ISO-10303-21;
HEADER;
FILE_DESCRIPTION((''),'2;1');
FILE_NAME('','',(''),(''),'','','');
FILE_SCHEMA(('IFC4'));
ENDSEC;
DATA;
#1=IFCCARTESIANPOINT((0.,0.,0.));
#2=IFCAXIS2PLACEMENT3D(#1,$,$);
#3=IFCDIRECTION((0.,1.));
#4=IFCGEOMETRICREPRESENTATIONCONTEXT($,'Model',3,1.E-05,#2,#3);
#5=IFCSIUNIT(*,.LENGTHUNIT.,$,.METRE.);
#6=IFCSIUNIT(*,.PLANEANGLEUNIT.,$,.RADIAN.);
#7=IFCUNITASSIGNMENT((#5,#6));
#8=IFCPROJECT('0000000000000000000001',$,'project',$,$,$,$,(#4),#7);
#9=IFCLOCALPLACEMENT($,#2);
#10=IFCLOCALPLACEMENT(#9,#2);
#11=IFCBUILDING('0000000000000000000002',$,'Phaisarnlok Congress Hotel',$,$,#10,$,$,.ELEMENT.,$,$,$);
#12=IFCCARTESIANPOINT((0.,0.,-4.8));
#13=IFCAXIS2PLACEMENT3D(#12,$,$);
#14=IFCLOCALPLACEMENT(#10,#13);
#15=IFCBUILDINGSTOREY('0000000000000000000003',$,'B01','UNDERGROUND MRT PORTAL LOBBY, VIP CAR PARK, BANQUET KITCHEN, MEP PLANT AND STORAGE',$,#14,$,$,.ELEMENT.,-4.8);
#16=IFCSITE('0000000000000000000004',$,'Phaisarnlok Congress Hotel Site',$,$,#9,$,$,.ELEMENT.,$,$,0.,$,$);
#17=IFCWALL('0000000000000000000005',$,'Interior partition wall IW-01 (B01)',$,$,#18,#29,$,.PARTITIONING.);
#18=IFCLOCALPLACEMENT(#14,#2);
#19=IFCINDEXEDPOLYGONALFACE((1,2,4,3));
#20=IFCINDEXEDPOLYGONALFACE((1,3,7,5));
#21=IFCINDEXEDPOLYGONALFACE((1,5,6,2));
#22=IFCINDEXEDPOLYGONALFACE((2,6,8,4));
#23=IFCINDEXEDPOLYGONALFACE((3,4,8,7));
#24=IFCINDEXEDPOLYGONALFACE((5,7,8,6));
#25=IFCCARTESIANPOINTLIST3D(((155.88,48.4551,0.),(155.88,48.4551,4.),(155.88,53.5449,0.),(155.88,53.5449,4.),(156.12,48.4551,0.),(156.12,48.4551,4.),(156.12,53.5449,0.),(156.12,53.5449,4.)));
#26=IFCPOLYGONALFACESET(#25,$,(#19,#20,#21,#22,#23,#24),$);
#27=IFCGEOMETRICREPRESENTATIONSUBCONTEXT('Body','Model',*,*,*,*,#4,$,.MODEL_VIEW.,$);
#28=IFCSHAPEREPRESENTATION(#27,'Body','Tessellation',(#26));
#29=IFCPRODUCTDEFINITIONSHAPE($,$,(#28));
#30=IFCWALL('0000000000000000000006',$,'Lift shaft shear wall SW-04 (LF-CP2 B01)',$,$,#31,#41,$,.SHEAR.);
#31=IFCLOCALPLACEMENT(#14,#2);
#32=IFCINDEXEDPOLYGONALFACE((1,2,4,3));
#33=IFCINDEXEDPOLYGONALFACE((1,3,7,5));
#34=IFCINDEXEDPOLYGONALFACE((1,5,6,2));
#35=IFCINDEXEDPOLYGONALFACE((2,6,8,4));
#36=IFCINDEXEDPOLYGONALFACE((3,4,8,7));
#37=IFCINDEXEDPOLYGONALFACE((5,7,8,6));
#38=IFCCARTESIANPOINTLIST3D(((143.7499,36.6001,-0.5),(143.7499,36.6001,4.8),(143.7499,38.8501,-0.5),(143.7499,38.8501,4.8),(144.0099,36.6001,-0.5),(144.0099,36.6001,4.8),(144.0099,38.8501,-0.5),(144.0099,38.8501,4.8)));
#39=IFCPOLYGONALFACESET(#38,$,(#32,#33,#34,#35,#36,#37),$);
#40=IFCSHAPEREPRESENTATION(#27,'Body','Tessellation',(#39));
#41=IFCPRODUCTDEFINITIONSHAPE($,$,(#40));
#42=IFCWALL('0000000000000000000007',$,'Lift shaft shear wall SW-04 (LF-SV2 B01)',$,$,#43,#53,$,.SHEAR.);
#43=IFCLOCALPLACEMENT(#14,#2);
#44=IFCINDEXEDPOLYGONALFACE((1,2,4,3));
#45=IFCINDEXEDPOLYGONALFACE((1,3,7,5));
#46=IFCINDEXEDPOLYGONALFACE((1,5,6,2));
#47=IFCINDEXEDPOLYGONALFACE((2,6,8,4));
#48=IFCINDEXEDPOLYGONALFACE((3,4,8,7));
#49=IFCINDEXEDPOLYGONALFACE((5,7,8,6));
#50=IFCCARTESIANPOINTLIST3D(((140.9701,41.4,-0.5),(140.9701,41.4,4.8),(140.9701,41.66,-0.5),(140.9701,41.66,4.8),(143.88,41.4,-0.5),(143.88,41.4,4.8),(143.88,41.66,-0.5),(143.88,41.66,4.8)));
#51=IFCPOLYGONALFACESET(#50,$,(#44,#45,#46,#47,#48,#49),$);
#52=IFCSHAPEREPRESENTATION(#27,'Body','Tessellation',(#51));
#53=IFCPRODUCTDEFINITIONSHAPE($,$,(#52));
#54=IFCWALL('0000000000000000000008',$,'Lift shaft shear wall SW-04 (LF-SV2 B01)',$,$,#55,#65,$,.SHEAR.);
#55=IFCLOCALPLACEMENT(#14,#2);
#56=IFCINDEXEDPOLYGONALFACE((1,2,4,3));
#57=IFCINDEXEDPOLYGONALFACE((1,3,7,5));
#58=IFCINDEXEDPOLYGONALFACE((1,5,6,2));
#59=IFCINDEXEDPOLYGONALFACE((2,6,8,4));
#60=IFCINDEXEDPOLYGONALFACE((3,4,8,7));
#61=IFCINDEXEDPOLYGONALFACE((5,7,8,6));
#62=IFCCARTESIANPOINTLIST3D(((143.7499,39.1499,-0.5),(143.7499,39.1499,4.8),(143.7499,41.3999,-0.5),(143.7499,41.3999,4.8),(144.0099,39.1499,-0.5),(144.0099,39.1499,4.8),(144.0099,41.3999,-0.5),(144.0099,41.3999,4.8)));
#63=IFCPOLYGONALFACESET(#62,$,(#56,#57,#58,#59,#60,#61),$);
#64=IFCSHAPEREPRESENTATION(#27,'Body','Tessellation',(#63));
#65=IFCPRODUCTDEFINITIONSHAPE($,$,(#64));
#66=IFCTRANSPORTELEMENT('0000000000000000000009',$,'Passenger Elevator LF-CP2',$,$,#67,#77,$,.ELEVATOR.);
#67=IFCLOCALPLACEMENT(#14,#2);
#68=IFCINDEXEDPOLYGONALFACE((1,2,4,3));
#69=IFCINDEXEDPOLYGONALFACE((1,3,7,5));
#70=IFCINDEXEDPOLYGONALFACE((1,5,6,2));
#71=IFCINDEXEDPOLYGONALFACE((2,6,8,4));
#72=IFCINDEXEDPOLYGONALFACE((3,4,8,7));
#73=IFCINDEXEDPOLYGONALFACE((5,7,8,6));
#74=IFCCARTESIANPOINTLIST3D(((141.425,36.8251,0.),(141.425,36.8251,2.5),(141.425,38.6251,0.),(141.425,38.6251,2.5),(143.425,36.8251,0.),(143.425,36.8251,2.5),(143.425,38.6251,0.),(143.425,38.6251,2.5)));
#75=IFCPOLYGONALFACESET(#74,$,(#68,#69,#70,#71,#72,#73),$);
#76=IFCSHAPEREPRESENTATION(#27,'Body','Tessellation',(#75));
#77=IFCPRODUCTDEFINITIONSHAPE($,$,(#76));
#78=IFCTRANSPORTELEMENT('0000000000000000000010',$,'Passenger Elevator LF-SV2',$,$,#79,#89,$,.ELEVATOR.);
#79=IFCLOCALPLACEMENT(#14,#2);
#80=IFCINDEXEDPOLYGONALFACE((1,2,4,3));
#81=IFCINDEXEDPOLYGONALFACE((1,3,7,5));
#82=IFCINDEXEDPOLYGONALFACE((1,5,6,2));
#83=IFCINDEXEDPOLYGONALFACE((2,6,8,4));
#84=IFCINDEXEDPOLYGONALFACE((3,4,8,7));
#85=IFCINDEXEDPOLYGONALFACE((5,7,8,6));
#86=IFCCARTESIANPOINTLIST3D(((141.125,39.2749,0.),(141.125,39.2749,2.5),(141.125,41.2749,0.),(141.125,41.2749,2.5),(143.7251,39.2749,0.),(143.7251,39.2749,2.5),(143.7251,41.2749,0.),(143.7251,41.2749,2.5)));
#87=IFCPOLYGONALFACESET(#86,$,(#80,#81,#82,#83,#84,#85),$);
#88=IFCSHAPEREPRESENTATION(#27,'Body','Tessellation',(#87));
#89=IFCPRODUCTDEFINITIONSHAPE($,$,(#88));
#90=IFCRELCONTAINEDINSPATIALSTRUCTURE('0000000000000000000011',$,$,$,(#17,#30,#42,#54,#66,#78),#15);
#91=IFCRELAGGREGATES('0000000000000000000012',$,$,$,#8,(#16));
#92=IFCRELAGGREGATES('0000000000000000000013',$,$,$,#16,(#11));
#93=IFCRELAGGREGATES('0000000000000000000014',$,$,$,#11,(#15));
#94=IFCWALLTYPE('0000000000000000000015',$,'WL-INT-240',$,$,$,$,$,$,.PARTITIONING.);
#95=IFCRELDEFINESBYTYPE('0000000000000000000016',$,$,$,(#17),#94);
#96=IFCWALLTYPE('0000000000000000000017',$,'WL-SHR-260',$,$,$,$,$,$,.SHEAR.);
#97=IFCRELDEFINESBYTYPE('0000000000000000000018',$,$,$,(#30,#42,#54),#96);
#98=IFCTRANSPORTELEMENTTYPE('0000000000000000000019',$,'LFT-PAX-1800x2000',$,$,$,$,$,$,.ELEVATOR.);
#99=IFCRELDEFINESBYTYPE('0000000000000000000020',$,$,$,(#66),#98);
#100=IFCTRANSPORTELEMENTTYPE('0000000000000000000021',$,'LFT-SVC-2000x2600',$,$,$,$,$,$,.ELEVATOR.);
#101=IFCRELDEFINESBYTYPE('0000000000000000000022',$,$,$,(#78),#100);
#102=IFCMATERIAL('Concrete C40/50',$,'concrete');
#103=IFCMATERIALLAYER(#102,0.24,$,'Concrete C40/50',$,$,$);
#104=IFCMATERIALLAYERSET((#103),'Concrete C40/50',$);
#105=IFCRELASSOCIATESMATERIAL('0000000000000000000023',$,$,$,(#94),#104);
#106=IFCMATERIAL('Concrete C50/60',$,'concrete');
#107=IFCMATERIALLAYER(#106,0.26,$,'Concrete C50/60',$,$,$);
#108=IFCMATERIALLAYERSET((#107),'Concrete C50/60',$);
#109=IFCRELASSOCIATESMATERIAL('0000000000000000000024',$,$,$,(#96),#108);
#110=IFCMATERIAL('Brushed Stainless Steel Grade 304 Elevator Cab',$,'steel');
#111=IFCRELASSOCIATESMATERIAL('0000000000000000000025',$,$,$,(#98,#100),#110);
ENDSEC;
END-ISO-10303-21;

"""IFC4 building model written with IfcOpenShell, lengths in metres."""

from ifc_helpers import new_model, si_unit, direction, frame, frame_2d, origin, origin_2d, place, context, subcontext, project, spatial, rectangle, extrude, material, layer, layer_set, type_object, element, save


model = new_model("IFC4")

# Units and contexts
model_context = context("Model", 3, precision=1e-05, world=origin(), true_north=direction((0.0, 1.0)))
body_context = subcontext(model_context, "Body", "Model", "MODEL_VIEW")
ifc_project = project(units=[si_unit("LENGTHUNIT", "METRE"), si_unit("PLANEANGLEUNIT", "RADIAN")], contexts=[model_context])

# Site, building, storey
site_placement = place(None, origin())
site = spatial("IfcSite", under=ifc_project, at=site_placement, Name="Phaisarnlok Congress Hotel Site", CompositionType="ELEMENT", RefElevation=0.0)
building_placement = place(site_placement, origin())
building = spatial("IfcBuilding", under=site, at=building_placement, Name="Phaisarnlok Congress Hotel", CompositionType="ELEMENT")
storey_placement = place(building_placement, frame((0.0, 0.0, -4.8)))
storey = spatial("IfcBuildingStorey", under=building, at=storey_placement, Name="B01", Description="UNDERGROUND MRT PORTAL LOBBY, VIP CAR PARK, BANQUET KITCHEN, MEP PLANT AND STORAGE", CompositionType="ELEMENT", Elevation=-4.8)

# Shared definitions
ifc_material_1 = material(Name="Concrete C40/50", Category="concrete")

# Shared definitions
ifc_material_2 = material(Name="Concrete C50/60", Category="concrete")

# Walls
ifc_layer_1 = layer(ifc_material_1, 0.24, Name="Concrete C40/50")
ifc_layer_set_1 = layer_set([ifc_layer_1], Name="Concrete C40/50")
wall_type_1 = type_object("IfcWallType", Name="WL-INT-240", PredefinedType="PARTITIONING", material=ifc_layer_set_1)
wall_1_placement = place(storey_placement, frame((156.0, 48.4551, 0.0), z_axis=(0.0, 0.0, 1.0), x_axis=(0.0, 1.0, 0.0)))
element("IfcWall", 1, at=wall_1_placement, inside=storey, type_object=wall_type_1, Name="Interior partition wall IW-01 (B01)", PredefinedType="PARTITIONING", context=body_context, shape_type="SweptSolid", body=[
    extrude(rectangle(XDim=5.0898, YDim=0.24, at=frame_2d((2.5449, 0.0))), origin(), (0.0, 0.0, 1.0), 4.0),
])
ifc_layer_2 = layer(ifc_material_2, 0.26, Name="Concrete C50/60")
ifc_layer_set_2 = layer_set([ifc_layer_2], Name="Concrete C50/60")
wall_type_2 = type_object("IfcWallType", Name="WL-SHR-260", PredefinedType="SHEAR", material=ifc_layer_set_2)
wall_2_placement = place(storey_placement, frame((143.8799, 36.6001, -0.5), z_axis=(0.0, 0.0, 1.0), x_axis=(0.0, 1.0, 0.0)))
element("IfcWall", 2, at=wall_2_placement, inside=storey, type_object=wall_type_2, Name="Lift shaft shear wall SW-04 (LF-CP2 B01)", PredefinedType="SHEAR", context=body_context, shape_type="SweptSolid", body=[
    extrude(rectangle(XDim=2.25, YDim=0.26, at=frame_2d((1.125, 0.0))), origin(), (0.0, 0.0, 1.0), 5.3),
])
wall_3_placement = place(storey_placement, frame((140.97, 41.53, -0.5), z_axis=(0.0, 0.0, 1.0), x_axis=(1.0, 0.0, 0.0)))
element("IfcWall", 3, at=wall_3_placement, inside=storey, type_object=wall_type_2, Name="Lift shaft shear wall SW-04 (LF-SV2 B01)", PredefinedType="SHEAR", context=body_context, shape_type="SweptSolid", body=[
    extrude(rectangle(XDim=2.9099, YDim=0.26, at=frame_2d((1.4551, 0.0))), origin(), (0.0, 0.0, 1.0), 5.3),
])
wall_4_placement = place(storey_placement, frame((143.8799, 39.1499, -0.5), z_axis=(0.0, 0.0, 1.0), x_axis=(0.0, 1.0, 0.0)))
element("IfcWall", 4, at=wall_4_placement, inside=storey, type_object=wall_type_2, Name="Lift shaft shear wall SW-04 (LF-SV2 B01)", PredefinedType="SHEAR", context=body_context, shape_type="SweptSolid", body=[
    extrude(rectangle(XDim=2.25, YDim=0.26, at=frame_2d((1.125, 0.0))), origin(), (0.0, 0.0, 1.0), 5.3),
])

# Transport elements
ifc_material_3 = material(Name="Brushed Stainless Steel Grade 304 Elevator Cab", Category="steel")
transport_element_type_1 = type_object("IfcTransportElementType", Name="LFT-PAX-1800x2000", PredefinedType="ELEVATOR", material=ifc_material_3)
transport_element_1_placement = place(storey_placement, frame((142.425, 37.7251, 0.0), z_axis=(0.0, 0.0, 1.0), x_axis=(1.0, 0.0, 0.0)))
element("IfcTransportElement", 5, at=transport_element_1_placement, inside=storey, type_object=transport_element_type_1, Name="Passenger Elevator LF-CP2", PredefinedType="ELEVATOR", context=body_context, shape_type="SweptSolid", body=[
    extrude(rectangle(XDim=2.0, YDim=1.8, at=origin_2d()), origin(), (0.0, 0.0, 1.0), 2.5),
])
transport_element_type_2 = type_object("IfcTransportElementType", Name="LFT-SVC-2000x2600", PredefinedType="ELEVATOR", material=ifc_material_3)
transport_element_2_placement = place(storey_placement, frame((142.425, 40.2749, 0.0), z_axis=(0.0, 0.0, 1.0), x_axis=(1.0, 0.0, 0.0)))
element("IfcTransportElement", 6, at=transport_element_2_placement, inside=storey, type_object=transport_element_type_2, Name="Passenger Elevator LF-SV2", PredefinedType="ELEVATOR", context=body_context, shape_type="SweptSolid", body=[
    extrude(rectangle(XDim=2.6001, YDim=2.0, at=origin_2d()), origin(), (0.0, 0.0, 1.0), 2.5),
])

save(model, "model.ifc")
